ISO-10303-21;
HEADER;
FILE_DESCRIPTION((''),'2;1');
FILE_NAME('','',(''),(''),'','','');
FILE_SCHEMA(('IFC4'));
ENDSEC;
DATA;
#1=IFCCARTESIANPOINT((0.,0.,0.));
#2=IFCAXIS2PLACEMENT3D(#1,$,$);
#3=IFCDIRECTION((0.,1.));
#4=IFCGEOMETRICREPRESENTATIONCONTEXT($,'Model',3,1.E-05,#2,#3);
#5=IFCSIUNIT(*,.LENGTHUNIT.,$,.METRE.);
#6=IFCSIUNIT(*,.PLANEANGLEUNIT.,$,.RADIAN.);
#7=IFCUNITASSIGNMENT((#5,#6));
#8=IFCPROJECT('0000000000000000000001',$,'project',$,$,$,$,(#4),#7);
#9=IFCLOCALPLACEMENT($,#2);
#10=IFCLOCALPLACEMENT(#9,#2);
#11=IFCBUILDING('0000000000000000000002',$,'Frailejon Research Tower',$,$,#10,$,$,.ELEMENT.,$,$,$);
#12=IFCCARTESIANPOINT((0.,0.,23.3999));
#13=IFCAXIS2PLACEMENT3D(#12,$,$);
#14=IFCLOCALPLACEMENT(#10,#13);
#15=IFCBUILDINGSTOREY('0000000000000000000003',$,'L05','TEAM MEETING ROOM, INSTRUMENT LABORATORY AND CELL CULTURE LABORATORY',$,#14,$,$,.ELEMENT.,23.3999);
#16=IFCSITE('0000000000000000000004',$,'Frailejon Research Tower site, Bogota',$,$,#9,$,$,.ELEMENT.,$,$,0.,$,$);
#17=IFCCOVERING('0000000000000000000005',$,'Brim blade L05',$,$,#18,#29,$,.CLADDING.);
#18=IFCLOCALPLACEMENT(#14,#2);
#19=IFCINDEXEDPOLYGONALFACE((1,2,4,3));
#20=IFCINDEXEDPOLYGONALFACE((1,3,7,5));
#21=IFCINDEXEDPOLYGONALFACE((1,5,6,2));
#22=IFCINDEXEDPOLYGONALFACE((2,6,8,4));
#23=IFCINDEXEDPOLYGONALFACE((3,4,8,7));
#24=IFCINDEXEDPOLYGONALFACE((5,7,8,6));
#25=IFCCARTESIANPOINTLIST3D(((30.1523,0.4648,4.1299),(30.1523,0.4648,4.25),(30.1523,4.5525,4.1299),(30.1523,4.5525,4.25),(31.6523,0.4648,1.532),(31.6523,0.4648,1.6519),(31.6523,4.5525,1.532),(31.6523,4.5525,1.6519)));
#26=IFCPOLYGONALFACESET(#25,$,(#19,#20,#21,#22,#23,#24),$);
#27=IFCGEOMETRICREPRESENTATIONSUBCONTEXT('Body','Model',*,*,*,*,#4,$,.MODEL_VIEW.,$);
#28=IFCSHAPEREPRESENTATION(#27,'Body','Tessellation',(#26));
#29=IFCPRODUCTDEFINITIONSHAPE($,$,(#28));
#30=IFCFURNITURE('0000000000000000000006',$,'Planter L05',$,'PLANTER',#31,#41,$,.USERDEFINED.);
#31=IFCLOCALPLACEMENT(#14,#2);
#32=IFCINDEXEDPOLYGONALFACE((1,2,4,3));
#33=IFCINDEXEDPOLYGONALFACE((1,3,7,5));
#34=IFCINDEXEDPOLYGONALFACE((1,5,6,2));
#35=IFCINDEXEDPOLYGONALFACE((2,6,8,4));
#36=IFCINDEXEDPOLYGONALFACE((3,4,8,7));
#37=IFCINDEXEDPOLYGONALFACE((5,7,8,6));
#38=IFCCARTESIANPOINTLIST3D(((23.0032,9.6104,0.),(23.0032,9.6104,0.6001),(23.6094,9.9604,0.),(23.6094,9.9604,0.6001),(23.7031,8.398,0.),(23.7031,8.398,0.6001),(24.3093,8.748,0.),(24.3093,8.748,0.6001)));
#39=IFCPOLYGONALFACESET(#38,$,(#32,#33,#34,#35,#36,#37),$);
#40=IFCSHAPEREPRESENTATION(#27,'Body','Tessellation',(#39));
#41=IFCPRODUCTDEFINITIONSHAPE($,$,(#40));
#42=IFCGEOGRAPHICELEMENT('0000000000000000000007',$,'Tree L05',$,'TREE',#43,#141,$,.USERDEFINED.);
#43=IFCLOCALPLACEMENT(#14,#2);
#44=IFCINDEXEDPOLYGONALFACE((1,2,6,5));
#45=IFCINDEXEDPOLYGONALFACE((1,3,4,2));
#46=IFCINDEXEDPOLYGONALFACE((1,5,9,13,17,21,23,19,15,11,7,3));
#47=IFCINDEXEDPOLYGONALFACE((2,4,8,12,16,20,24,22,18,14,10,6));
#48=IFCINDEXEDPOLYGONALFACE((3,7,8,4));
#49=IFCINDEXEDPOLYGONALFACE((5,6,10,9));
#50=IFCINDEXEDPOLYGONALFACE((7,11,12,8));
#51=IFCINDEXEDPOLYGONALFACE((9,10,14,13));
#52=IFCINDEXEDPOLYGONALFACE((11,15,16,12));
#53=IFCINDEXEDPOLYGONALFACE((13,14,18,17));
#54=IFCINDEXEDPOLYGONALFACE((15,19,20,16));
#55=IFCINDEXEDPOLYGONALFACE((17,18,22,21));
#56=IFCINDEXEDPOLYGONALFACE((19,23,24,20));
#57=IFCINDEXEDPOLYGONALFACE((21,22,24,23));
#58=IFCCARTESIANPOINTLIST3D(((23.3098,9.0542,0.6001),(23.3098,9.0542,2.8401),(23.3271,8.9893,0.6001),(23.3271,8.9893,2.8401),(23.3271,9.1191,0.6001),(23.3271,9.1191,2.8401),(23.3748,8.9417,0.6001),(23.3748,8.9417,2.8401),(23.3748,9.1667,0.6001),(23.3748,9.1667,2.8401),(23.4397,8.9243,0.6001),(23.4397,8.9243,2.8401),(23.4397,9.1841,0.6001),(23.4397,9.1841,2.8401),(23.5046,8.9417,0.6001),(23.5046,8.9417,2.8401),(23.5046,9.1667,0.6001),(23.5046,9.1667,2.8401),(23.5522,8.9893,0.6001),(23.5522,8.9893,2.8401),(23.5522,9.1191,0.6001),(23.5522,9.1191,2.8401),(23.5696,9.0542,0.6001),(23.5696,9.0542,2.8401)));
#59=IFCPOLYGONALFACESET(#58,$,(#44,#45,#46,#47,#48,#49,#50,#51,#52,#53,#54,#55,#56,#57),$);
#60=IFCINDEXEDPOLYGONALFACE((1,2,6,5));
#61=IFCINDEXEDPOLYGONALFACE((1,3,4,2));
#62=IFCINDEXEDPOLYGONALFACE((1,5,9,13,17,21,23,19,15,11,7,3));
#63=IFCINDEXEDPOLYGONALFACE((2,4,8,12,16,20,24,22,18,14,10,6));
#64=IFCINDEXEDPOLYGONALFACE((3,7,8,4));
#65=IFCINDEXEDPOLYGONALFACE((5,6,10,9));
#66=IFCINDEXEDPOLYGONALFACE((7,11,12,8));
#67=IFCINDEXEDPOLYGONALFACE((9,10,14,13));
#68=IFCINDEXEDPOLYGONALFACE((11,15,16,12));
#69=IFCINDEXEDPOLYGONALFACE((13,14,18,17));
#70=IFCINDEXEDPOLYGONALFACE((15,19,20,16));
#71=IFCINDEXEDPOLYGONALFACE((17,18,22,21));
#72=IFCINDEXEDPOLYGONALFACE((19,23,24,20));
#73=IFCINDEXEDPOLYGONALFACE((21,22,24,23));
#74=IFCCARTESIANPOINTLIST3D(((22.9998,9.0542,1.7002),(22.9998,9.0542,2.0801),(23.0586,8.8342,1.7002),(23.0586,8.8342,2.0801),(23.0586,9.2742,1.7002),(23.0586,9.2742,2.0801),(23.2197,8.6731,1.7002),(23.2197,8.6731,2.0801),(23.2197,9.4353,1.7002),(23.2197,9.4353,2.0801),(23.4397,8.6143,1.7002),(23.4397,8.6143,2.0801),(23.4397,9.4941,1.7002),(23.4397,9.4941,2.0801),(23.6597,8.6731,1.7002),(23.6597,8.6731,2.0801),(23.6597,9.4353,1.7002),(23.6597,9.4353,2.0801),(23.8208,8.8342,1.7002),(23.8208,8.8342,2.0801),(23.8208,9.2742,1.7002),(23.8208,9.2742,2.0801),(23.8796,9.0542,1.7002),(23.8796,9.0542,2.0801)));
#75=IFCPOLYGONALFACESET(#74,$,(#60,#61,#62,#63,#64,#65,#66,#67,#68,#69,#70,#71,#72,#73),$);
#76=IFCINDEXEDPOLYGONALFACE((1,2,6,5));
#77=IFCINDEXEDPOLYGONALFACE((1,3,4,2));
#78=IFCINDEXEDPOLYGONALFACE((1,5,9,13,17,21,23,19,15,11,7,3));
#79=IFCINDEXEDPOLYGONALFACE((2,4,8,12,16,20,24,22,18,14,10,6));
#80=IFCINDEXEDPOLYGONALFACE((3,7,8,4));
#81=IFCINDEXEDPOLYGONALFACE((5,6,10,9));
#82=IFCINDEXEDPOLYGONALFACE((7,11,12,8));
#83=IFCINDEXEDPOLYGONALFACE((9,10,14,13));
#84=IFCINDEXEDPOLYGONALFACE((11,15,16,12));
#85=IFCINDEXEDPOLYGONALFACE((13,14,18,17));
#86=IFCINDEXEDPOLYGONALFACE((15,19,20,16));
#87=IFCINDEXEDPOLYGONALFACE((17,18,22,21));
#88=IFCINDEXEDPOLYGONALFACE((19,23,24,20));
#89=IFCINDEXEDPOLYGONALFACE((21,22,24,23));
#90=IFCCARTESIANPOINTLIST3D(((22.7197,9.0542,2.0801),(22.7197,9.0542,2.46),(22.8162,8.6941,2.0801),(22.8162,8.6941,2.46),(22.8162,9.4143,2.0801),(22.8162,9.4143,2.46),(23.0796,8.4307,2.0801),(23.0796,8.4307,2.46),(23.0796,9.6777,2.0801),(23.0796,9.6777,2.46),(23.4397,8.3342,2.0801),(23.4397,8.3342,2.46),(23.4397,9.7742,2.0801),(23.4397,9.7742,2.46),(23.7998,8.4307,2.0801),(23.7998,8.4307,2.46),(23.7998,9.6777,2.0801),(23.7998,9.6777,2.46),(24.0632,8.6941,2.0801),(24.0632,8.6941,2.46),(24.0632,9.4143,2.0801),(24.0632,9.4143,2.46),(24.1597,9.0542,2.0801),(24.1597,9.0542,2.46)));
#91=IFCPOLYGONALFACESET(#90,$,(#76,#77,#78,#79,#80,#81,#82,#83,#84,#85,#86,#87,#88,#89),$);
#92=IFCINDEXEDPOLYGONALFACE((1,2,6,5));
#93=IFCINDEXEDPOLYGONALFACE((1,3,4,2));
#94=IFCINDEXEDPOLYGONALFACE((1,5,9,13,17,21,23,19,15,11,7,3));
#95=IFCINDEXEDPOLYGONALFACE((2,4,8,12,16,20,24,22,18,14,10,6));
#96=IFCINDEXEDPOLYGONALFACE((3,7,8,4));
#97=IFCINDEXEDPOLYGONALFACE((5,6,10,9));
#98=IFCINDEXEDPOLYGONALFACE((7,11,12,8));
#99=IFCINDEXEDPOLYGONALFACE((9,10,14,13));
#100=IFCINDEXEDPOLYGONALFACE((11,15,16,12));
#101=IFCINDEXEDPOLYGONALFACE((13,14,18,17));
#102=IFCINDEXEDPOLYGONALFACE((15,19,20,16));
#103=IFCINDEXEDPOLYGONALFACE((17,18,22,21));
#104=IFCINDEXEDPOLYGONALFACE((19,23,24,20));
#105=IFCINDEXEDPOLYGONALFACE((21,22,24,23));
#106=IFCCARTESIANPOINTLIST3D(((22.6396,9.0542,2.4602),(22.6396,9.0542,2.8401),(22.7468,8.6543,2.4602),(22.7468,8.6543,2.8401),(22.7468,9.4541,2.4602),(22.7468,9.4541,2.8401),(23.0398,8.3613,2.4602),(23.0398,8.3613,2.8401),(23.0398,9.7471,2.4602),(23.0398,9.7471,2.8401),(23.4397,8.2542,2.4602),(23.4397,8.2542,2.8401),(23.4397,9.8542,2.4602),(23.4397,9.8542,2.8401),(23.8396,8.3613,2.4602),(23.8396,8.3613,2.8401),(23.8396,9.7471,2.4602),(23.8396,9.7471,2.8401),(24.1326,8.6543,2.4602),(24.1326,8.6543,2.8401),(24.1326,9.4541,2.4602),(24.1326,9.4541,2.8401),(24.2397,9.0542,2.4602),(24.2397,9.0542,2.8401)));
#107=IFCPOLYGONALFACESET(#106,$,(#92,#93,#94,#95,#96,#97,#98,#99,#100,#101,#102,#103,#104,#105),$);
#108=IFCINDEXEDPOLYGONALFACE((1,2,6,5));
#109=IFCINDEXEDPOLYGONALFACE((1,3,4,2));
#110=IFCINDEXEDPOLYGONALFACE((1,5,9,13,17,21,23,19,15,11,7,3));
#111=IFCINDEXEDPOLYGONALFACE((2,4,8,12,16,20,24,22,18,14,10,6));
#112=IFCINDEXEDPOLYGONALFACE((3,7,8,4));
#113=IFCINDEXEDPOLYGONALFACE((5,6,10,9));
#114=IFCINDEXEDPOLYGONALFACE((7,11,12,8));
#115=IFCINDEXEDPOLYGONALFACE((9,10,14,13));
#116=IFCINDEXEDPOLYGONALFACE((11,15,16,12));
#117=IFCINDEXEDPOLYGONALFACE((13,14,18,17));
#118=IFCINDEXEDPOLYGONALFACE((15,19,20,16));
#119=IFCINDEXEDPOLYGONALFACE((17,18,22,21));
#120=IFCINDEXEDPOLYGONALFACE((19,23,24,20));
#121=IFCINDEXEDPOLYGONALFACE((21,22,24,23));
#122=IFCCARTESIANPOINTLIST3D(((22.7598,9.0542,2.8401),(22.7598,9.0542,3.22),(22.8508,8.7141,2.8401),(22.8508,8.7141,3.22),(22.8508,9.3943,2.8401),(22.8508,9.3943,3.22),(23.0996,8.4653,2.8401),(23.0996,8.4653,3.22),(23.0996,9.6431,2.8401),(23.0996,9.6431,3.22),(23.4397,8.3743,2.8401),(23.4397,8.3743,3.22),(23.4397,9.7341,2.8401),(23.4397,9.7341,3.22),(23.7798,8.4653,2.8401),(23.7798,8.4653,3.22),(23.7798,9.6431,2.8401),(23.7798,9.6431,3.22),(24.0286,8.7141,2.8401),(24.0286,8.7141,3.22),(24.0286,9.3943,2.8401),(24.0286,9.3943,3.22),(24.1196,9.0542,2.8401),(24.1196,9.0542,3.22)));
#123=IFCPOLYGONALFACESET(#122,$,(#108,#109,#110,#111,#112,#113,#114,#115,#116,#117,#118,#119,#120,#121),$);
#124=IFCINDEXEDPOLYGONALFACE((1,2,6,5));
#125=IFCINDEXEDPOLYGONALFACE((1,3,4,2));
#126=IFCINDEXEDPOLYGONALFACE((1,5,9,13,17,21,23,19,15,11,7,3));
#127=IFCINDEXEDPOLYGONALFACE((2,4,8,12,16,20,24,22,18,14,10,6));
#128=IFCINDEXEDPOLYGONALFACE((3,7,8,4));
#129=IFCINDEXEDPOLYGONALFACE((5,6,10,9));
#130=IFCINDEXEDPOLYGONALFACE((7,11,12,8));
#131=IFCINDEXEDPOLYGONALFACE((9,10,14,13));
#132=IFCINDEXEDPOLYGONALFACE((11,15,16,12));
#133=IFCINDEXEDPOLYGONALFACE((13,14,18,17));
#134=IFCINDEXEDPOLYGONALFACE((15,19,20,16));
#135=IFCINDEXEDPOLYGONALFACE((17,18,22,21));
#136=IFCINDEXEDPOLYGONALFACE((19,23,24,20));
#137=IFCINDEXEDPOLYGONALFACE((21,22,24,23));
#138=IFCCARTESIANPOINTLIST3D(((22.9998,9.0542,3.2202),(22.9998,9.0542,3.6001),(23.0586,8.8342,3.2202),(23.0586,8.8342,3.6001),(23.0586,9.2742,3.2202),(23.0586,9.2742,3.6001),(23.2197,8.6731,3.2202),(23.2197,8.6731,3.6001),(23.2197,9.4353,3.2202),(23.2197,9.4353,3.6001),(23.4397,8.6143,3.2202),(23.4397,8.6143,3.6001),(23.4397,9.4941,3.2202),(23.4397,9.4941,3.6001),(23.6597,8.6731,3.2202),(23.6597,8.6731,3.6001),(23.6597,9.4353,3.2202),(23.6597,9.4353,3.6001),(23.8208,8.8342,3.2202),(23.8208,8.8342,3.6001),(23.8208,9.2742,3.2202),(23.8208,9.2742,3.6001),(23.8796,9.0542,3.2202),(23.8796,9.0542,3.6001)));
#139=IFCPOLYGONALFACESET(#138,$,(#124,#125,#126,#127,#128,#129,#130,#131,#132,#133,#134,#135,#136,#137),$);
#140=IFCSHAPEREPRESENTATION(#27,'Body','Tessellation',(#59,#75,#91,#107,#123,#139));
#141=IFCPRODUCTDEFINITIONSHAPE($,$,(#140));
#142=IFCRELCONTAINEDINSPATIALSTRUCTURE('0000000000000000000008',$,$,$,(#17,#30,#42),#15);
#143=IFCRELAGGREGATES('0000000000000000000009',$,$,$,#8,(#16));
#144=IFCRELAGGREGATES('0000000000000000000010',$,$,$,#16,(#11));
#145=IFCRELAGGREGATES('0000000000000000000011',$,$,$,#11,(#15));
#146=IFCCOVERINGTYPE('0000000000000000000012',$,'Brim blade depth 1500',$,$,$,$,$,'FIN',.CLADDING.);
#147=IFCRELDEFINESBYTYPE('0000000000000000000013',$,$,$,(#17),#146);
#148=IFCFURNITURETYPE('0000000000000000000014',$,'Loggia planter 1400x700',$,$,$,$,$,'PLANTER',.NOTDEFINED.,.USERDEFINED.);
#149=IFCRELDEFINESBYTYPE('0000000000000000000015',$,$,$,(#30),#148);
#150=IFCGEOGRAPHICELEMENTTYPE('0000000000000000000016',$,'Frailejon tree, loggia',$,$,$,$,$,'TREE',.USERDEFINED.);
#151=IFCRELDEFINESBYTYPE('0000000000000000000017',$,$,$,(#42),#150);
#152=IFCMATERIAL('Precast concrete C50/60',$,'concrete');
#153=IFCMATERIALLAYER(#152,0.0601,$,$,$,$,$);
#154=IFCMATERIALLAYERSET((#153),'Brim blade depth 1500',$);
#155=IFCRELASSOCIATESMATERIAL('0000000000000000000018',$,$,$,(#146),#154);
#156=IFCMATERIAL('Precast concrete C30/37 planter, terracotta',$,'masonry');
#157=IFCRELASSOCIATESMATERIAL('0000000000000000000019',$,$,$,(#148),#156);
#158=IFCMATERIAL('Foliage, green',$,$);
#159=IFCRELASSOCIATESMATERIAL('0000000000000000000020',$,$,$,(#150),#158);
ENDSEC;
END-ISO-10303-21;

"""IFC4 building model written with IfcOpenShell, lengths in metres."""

from ifc_helpers import new_model, si_unit, direction, frame, origin, origin_2d, place, context, subcontext, project, spatial, polyline, rectangle, outline, extrude, material, layer, layer_set, type_object, element, save


model = new_model("IFC4")

# Units and contexts
model_context = context("Model", 3, precision=1e-05, world=origin(), true_north=direction((0.0, 1.0)))
body_context = subcontext(model_context, "Body", "Model", "MODEL_VIEW")
ifc_project = project(units=[si_unit("LENGTHUNIT", "METRE"), si_unit("PLANEANGLEUNIT", "RADIAN")], contexts=[model_context])

# Site, building, storey
site_placement = place(None, origin())
site = spatial("IfcSite", under=ifc_project, at=site_placement, Name="Frailejon Research Tower site, Bogota", CompositionType="ELEMENT", RefElevation=0.0)
building_placement = place(site_placement, origin())
building = spatial("IfcBuilding", under=site, at=building_placement, Name="Frailejon Research Tower", CompositionType="ELEMENT")
storey_placement = place(building_placement, frame((0.0, 0.0, 23.3999)))
storey = spatial("IfcBuildingStorey", under=building, at=storey_placement, Name="L05", Description="TEAM MEETING ROOM, INSTRUMENT LABORATORY AND CELL CULTURE LABORATORY", CompositionType="ELEMENT", Elevation=23.3999)

# Covering
ifc_material_1 = material(Name="Precast concrete C50/60", Category="concrete")
ifc_layer_1 = layer(ifc_material_1, 0.0601)
ifc_layer_set_1 = layer_set([ifc_layer_1], Name="Brim blade depth 1500")
covering_type_1 = type_object("IfcCoveringType", Name="Brim blade depth 1500", ElementType="FIN", PredefinedType="CLADDING", material=ifc_layer_set_1)
covering_1_placement = place(storey_placement, frame((30.1523, 4.5525, 4.25), z_axis=(0.0, -1.0, 0.0), x_axis=(1.0, 0.0, 0.0)))
element("IfcCovering", 1, at=covering_1_placement, inside=storey, type_object=covering_type_1, Name="Brim blade L05", PredefinedType="CLADDING", context=body_context, shape_type="SweptSolid", body=[
    extrude(outline(polyline([(0.0, -0.1201), (1.5, -2.718), (1.5, -2.5981), (0.0, 0.0), (0.0, -0.1201)])), origin(), (0.0, 0.0, 1.0), 4.0876),
])

# Furniture
ifc_material_2 = material(Name="Precast concrete C30/37 planter, terracotta", Category="masonry")
furniture_type = type_object("IfcFurnitureType", Name="Loggia planter 1400x700", ElementType="PLANTER", AssemblyPlace="NOTDEFINED", PredefinedType="USERDEFINED", material=ifc_material_2)
furniture_placement = place(storey_placement, frame((23.6562, 9.1792, 0.0), z_axis=(0.0, 0.0, 1.0), x_axis=(-0.5, 0.866025, 0.0)))
element("IfcFurniture", 2, at=furniture_placement, inside=storey, type_object=furniture_type, Name="Planter L05", ObjectType="PLANTER", PredefinedType="USERDEFINED", context=body_context, shape_type="SweptSolid", body=[
    extrude(rectangle(XDim=1.3999, YDim=0.7, at=origin_2d()), origin(), (0.0, 0.0, 1.0), 0.6001),
])

# Geographic element
ifc_material_3 = material(Name="Foliage, green")
geographic_element_type = type_object("IfcGeographicElementType", Name="Frailejon tree, loggia", ElementType="TREE", PredefinedType="USERDEFINED", material=ifc_material_3)
geographic_element_placement = place(storey_placement, frame((23.4397, 9.0542, 0.6001)))
element("IfcGeographicElement", 3, at=geographic_element_placement, inside=storey, type_object=geographic_element_type, Name="Tree L05", ObjectType="TREE", PredefinedType="USERDEFINED", context=body_context, shape_type="SweptSolid", body=[
    extrude(outline(polyline([(0.1299, 0.0), (0.1125, 0.0649), (0.0649, 0.1125), (0.0, 0.1299), (-0.0649, 0.1125), (-0.1125, 0.0649), (-0.1299, 0.0), (-0.1125, -0.0649), (-0.0649, -0.1125), (0.0, -0.1299), (0.0649, -0.1125), (0.1125, -0.0649), (0.1299, 0.0)])), origin(), (0.0, 0.0, 1.0), 2.24),
    extrude(outline(polyline([(0.4399, 0.0), (0.3811, 0.22), (0.22, 0.3811), (0.0, 0.4399), (-0.22, 0.3811), (-0.3811, 0.22), (-0.4399, 0.0), (-0.3811, -0.22), (-0.22, -0.3811), (0.0, -0.4399), (0.22, -0.3811), (0.3811, -0.22), (0.4399, 0.0)])), frame((0.0, 0.0, 1.1001)), (0.0, 0.0, 1.0), 0.3799),
    extrude(outline(polyline([(0.72, 0.0), (0.6235, 0.3601), (0.3601, 0.6235), (0.0, 0.72), (-0.3601, 0.6235), (-0.6235, 0.3601), (-0.72, 0.0), (-0.6235, -0.3601), (-0.3601, -0.6235), (0.0, -0.72), (0.3601, -0.6235), (0.6235, -0.3601), (0.72, 0.0)])), frame((0.0, 0.0, 1.48)), (0.0, 0.0, 1.0), 0.3799),
    extrude(outline(polyline([(0.8, 0.0), (0.6929, 0.3999), (0.3999, 0.6929), (0.0, 0.8), (-0.3999, 0.6929), (-0.6929, 0.3999), (-0.8, 0.0), (-0.6929, -0.3999), (-0.3999, -0.6929), (0.0, -0.8), (0.3999, -0.6929), (0.6929, -0.3999), (0.8, 0.0)])), frame((0.0, 0.0, 1.8601)), (0.0, 0.0, 1.0), 0.3799),
    extrude(outline(polyline([(0.6799, 0.0), (0.5889, 0.3401), (0.3401, 0.5889), (0.0, 0.6799), (-0.3401, 0.5889), (-0.5889, 0.3401), (-0.6799, 0.0), (-0.5889, -0.3401), (-0.3401, -0.5889), (0.0, -0.6799), (0.3401, -0.5889), (0.5889, -0.3401), (0.6799, 0.0)])), frame((0.0, 0.0, 2.24)), (0.0, 0.0, 1.0), 0.3799),
    extrude(outline(polyline([(0.4399, 0.0), (0.3811, 0.22), (0.22, 0.3811), (0.0, 0.4399), (-0.22, 0.3811), (-0.3811, 0.22), (-0.4399, 0.0), (-0.3811, -0.22), (-0.22, -0.3811), (0.0, -0.4399), (0.22, -0.3811), (0.3811, -0.22), (0.4399, 0.0)])), frame((0.0, 0.0, 2.6201)), (0.0, 0.0, 1.0), 0.3799),
])

save(model, "model.ifc")
